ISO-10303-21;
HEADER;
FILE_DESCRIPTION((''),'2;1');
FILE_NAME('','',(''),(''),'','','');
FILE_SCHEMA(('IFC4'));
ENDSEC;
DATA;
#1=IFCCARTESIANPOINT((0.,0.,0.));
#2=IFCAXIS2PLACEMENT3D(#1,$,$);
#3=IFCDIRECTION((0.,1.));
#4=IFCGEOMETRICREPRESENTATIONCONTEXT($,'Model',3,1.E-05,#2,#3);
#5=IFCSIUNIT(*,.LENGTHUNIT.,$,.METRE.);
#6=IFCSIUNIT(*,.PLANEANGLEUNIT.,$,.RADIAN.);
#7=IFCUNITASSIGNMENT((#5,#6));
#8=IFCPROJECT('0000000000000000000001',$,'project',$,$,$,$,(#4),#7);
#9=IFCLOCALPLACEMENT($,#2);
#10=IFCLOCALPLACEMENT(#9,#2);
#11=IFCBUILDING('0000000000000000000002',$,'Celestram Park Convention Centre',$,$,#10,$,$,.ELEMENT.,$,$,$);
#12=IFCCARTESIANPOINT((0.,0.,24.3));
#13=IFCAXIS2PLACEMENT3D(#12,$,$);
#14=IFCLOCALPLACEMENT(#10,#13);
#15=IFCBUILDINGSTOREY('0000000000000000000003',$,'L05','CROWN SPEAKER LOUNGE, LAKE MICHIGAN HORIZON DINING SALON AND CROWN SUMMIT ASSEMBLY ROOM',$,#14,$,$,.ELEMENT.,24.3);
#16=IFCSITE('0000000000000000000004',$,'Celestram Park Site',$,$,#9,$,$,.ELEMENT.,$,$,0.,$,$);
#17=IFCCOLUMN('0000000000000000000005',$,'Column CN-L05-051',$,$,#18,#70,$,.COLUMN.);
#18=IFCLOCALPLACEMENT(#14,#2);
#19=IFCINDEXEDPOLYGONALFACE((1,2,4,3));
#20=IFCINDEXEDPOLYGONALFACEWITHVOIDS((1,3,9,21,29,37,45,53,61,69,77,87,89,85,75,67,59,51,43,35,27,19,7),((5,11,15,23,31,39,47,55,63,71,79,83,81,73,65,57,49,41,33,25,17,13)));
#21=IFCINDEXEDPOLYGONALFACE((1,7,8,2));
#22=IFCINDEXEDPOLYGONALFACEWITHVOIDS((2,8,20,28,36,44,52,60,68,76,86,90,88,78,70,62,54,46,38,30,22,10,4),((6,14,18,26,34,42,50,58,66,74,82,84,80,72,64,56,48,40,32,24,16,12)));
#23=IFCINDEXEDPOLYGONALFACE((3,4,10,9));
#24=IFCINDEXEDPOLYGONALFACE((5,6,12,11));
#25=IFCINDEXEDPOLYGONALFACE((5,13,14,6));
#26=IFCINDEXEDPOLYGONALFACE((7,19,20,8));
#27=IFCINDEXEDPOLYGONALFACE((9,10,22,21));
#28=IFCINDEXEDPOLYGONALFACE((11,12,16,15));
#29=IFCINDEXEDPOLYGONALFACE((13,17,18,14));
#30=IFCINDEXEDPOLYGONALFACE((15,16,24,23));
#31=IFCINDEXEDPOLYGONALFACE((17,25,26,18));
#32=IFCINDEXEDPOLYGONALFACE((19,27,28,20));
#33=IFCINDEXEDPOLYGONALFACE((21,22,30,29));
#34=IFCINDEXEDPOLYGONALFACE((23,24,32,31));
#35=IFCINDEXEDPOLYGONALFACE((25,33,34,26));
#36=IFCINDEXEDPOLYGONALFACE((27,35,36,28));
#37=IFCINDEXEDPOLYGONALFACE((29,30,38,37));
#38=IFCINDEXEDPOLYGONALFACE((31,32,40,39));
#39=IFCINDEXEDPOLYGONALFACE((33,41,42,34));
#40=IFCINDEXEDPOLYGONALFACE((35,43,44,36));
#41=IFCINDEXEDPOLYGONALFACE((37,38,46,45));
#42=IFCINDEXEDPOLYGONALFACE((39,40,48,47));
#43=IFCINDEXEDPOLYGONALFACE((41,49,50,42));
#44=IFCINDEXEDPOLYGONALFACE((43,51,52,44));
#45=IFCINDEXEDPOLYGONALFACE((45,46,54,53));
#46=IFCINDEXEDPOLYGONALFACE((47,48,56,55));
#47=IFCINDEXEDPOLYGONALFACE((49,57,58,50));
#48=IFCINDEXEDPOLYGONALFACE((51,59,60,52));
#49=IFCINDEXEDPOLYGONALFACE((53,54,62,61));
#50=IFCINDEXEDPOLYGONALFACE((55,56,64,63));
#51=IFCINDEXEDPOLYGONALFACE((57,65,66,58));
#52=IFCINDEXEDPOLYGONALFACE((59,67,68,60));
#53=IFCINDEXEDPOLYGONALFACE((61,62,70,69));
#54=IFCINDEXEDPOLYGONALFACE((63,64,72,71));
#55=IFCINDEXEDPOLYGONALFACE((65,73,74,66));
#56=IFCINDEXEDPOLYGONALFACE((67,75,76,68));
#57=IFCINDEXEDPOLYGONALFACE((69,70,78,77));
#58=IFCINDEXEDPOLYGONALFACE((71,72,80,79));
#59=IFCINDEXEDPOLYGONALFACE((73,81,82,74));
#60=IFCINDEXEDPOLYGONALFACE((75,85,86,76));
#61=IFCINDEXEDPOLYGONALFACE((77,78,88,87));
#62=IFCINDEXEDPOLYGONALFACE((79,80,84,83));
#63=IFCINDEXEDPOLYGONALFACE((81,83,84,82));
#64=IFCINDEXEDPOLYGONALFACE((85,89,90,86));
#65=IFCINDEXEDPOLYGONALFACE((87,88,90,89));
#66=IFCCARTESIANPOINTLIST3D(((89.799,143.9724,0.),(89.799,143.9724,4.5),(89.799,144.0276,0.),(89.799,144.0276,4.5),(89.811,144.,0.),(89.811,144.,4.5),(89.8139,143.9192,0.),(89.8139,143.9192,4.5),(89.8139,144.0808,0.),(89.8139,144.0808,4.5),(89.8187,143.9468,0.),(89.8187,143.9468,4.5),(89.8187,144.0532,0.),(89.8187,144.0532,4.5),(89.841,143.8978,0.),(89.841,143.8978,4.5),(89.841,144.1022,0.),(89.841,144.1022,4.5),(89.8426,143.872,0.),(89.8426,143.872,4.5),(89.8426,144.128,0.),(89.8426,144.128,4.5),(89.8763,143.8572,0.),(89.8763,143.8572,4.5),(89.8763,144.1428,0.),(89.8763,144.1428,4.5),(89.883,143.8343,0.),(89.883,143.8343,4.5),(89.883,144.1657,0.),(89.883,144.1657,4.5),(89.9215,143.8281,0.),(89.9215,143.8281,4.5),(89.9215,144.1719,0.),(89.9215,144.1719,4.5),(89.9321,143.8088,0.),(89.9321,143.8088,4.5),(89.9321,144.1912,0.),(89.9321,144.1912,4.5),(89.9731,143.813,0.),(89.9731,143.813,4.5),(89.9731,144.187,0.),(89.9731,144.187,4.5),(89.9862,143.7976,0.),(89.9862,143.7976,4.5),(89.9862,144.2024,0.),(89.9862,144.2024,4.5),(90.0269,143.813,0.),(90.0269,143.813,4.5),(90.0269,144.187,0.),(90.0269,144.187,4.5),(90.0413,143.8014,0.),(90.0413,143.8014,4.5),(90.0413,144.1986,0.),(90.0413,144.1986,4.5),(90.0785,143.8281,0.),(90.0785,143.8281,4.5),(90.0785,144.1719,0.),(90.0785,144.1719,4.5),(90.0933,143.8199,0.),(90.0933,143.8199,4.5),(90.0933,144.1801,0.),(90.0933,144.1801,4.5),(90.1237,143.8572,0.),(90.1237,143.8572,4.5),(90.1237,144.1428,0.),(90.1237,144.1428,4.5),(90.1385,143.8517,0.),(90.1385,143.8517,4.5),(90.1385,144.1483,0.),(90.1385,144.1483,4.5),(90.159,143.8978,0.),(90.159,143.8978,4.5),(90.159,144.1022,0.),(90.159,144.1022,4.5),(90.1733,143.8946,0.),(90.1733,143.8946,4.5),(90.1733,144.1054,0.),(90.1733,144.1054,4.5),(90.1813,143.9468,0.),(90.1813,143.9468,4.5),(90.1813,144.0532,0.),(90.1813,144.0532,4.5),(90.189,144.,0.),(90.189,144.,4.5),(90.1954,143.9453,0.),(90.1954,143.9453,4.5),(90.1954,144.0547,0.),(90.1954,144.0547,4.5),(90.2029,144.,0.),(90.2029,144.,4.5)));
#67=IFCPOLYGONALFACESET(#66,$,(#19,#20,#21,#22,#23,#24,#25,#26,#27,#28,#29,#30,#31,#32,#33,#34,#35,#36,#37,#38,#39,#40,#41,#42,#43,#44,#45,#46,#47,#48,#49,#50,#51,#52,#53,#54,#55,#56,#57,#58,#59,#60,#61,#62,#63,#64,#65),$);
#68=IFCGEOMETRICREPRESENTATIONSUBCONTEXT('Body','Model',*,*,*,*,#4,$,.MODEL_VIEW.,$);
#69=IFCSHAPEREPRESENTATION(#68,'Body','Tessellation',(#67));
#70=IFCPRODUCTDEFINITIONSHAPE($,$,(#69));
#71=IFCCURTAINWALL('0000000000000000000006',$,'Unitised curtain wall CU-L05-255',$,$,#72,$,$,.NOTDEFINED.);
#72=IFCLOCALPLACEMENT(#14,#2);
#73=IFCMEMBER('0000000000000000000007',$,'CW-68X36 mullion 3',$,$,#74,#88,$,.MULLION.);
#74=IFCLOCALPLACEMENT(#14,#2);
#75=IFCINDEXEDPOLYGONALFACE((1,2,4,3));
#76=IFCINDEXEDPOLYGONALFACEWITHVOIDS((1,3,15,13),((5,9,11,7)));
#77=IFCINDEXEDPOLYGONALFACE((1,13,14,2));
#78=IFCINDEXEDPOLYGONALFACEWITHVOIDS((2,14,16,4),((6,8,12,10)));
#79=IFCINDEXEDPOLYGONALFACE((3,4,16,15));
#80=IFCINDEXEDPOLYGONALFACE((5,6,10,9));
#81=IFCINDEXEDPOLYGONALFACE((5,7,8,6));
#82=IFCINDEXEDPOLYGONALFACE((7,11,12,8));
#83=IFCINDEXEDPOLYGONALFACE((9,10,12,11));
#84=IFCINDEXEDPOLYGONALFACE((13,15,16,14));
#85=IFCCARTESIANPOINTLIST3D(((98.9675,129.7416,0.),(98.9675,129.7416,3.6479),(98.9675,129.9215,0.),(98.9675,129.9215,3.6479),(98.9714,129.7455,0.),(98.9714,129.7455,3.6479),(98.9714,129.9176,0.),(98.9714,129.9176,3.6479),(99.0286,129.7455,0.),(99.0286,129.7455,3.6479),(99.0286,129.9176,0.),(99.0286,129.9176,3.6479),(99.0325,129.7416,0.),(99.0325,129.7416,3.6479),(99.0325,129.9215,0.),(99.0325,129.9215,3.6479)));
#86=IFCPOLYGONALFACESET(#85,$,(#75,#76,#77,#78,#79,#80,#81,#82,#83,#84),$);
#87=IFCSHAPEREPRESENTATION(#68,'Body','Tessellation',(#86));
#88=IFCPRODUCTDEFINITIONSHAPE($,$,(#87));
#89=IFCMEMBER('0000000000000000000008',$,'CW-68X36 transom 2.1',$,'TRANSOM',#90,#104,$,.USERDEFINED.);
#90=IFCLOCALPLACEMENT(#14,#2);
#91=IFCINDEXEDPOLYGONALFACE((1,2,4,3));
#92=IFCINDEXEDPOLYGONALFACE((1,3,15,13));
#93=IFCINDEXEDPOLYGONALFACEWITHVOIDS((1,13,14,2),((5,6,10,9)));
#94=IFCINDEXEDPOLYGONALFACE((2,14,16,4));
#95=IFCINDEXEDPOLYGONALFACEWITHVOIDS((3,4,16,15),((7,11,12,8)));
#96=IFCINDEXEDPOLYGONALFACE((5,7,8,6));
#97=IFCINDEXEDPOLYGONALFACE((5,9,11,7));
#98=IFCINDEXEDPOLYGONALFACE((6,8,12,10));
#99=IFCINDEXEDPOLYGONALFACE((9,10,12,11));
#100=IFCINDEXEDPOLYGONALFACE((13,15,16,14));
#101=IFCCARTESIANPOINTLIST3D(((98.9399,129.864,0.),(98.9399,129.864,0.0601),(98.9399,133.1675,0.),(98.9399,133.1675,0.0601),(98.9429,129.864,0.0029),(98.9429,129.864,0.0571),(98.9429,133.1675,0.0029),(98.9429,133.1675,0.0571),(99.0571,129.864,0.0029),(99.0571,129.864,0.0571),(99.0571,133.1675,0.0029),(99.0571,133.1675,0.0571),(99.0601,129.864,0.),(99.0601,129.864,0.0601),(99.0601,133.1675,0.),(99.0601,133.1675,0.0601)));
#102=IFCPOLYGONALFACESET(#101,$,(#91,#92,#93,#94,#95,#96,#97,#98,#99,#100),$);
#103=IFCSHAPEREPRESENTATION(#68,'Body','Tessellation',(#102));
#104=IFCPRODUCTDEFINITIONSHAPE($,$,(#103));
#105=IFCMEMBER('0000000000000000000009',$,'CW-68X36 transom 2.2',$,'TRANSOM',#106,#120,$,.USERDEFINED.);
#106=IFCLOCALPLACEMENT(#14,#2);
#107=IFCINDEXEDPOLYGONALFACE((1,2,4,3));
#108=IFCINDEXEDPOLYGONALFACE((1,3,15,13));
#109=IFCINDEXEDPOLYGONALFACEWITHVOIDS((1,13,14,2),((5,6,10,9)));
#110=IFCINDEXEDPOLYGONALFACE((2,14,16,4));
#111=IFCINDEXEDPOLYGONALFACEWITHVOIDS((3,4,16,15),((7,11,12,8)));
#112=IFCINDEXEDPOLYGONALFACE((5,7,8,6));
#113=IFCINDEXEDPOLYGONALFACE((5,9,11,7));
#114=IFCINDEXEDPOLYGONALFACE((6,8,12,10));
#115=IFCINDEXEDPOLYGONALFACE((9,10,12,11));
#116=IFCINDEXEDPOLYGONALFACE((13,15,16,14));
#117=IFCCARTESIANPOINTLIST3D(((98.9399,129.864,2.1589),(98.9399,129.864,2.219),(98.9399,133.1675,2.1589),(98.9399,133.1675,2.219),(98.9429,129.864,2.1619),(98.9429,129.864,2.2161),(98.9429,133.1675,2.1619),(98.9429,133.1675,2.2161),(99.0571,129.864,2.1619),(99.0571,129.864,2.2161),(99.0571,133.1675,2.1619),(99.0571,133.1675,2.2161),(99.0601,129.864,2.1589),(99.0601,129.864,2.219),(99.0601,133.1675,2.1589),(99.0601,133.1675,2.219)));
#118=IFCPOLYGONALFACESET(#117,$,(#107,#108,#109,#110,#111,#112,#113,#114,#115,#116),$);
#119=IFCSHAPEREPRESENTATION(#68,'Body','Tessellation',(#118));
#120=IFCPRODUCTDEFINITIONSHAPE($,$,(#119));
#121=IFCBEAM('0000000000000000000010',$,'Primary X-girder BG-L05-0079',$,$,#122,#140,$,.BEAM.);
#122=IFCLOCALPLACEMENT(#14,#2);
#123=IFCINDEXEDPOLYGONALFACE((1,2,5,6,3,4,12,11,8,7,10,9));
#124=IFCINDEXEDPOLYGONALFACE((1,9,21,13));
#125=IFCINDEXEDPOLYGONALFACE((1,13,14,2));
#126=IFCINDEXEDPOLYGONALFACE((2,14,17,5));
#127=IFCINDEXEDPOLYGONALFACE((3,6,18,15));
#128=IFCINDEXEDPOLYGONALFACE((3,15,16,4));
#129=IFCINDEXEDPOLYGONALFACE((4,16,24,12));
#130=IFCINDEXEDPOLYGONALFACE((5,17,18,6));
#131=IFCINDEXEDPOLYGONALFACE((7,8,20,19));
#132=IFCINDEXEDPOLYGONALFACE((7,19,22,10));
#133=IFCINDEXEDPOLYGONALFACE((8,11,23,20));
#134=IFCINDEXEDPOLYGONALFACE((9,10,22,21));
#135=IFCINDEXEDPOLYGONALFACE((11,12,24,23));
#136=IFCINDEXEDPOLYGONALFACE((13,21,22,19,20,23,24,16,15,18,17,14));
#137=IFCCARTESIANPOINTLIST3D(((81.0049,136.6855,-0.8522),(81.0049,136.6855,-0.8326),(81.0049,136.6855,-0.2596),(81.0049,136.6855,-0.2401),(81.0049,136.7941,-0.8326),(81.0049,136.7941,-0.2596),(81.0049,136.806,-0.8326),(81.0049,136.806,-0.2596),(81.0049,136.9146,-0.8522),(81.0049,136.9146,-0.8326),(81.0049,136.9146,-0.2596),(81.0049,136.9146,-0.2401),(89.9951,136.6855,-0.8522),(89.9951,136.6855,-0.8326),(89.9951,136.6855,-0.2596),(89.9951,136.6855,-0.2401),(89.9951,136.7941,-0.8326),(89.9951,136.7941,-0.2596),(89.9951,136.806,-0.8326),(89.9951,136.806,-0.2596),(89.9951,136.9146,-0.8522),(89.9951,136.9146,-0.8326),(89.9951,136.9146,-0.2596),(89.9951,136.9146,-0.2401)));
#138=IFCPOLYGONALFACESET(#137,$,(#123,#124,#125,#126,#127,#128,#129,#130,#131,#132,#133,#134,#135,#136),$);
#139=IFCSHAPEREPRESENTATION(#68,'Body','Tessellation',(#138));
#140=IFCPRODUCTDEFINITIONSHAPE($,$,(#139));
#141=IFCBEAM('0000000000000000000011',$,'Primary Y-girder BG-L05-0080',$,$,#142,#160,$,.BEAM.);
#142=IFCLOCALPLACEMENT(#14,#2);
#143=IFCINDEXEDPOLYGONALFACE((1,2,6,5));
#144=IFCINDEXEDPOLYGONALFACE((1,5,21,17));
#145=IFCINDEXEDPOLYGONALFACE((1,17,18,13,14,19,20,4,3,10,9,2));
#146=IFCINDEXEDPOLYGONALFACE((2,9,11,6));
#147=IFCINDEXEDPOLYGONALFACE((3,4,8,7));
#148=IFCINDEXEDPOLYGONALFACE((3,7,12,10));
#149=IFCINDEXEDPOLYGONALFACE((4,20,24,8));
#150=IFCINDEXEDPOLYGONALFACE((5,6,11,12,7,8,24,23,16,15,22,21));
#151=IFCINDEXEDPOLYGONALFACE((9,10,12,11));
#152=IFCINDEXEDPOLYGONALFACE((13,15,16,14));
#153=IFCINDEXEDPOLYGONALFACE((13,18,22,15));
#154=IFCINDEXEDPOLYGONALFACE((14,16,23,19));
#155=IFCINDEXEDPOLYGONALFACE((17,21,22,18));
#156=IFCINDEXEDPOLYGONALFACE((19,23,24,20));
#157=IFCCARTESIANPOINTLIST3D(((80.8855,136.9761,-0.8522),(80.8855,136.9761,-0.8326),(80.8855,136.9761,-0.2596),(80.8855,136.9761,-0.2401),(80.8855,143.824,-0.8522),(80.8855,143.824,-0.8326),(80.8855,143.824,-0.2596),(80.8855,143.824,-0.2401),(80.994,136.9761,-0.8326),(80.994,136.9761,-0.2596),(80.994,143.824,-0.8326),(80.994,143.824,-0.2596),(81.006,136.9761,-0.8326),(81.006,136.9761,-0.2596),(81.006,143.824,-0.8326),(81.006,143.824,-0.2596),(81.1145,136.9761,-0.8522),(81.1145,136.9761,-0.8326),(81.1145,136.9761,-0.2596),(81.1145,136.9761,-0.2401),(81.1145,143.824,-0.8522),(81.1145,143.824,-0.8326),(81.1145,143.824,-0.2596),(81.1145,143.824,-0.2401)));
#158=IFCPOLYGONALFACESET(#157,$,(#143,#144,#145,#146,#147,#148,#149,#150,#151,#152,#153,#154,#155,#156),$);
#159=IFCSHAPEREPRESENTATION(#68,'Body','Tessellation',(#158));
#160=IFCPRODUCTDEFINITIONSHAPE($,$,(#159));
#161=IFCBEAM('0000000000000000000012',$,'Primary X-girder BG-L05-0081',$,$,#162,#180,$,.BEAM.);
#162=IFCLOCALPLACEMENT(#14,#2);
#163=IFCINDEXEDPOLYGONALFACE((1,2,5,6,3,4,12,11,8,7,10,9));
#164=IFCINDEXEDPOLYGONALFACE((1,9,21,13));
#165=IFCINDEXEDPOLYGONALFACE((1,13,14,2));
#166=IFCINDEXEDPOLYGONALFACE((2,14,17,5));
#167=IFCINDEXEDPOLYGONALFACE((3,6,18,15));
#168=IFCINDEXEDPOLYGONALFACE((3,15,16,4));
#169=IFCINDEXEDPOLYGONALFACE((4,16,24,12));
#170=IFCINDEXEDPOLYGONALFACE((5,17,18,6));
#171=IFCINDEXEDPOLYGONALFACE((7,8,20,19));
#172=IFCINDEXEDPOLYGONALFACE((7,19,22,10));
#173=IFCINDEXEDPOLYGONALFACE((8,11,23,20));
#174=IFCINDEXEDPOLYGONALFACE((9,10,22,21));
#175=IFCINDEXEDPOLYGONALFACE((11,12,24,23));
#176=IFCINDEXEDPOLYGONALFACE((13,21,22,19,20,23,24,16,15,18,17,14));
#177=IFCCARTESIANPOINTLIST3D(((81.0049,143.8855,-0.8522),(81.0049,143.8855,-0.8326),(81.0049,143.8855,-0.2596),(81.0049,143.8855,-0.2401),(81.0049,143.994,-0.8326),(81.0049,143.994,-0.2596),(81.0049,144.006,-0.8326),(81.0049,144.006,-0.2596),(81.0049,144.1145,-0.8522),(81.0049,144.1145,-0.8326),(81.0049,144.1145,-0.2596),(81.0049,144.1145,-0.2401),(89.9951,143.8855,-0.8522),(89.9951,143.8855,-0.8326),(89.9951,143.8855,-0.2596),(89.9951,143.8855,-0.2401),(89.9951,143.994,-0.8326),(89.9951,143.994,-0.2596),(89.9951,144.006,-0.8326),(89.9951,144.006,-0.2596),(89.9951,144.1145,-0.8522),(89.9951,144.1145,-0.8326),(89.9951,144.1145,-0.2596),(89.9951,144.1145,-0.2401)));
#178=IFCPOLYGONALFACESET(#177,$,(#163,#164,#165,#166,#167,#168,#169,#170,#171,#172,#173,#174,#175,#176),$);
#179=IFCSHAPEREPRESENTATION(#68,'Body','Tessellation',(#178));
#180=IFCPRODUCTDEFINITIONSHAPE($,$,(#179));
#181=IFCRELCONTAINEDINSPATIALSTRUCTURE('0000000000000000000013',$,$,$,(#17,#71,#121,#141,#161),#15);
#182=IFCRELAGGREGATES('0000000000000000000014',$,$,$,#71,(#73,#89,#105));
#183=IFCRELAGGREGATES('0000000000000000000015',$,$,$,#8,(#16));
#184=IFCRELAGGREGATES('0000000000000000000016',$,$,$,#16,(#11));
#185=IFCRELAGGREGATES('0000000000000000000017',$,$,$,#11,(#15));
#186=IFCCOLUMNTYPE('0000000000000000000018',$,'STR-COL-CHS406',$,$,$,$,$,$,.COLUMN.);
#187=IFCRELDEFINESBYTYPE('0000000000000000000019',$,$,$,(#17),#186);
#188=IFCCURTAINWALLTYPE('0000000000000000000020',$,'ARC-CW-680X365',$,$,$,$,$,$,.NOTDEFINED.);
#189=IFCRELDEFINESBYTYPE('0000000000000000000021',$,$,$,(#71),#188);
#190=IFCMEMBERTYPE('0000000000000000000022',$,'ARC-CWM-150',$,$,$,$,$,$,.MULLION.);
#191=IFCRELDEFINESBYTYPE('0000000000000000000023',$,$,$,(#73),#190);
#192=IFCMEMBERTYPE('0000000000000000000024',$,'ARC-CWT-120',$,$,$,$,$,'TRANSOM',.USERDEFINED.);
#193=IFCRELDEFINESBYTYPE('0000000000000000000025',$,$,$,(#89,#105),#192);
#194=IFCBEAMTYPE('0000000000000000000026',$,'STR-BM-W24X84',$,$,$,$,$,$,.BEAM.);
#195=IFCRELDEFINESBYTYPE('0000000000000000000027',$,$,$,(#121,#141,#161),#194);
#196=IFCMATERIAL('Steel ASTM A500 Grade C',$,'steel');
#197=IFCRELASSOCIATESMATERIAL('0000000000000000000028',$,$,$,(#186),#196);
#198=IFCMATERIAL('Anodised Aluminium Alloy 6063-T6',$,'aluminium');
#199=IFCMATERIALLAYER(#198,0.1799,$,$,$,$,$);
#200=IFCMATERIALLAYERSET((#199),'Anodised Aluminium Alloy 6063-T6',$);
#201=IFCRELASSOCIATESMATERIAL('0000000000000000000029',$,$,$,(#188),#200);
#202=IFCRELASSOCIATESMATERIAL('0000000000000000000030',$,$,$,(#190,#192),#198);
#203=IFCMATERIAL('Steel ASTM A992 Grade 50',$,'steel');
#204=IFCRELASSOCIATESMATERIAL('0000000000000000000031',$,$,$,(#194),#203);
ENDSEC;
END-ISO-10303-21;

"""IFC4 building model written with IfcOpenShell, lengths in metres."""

from ifc_helpers import new_model, si_unit, direction, frame, origin, origin_2d, place, context, subcontext, project, spatial, hollow_rectangle, hollow_circle, i_section, extrude, material, layer, layer_set, material_profile, profile_set, type_object, element, aggregate, save


model = new_model("IFC4")

# Units and contexts
model_context = context("Model", 3, precision=1e-05, world=origin(), true_north=direction((0.0, 1.0)))
body_context = subcontext(model_context, "Body", "Model", "MODEL_VIEW")
ifc_project = project(units=[si_unit("LENGTHUNIT", "METRE"), si_unit("PLANEANGLEUNIT", "RADIAN")], contexts=[model_context])

# Site, building, storey
site_placement = place(None, origin())
site = spatial("IfcSite", under=ifc_project, at=site_placement, Name="Celestram Park Site", CompositionType="ELEMENT", RefElevation=0.0)
building_placement = place(site_placement, origin())
building = spatial("IfcBuilding", under=site, at=building_placement, Name="Celestram Park Convention Centre", CompositionType="ELEMENT")
storey_placement = place(building_placement, frame((0.0, 0.0, 24.3)))
storey = spatial("IfcBuildingStorey", under=building, at=storey_placement, Name="L05", Description="CROWN SPEAKER LOUNGE, LAKE MICHIGAN HORIZON DINING SALON AND CROWN SUMMIT ASSEMBLY ROOM", CompositionType="ELEMENT", Elevation=24.3)

# Column
ifc_material_1 = material(Name="Steel ASTM A500 Grade C", Category="steel")
ifc_material_profile_1 = material_profile(ifc_material_1, hollow_circle(Radius=0.2029, WallThickness=0.0139, at=origin_2d()), Name="CHS406X14")
ifc_profile_set_1 = profile_set([ifc_material_profile_1], Name="Steel ASTM A500 Grade C")
column_type = type_object("IfcColumnType", Name="STR-COL-CHS406", PredefinedType="COLUMN", material=ifc_profile_set_1)
for number, where, z_axis, x_axis, name in (
    (1, (90.0, 144.0, 0.0), (0.0, 0.0, 1.0), (1.0, 0.0, 0.0), "Column CN-L05-051"),
):
    element("IfcColumn", number, at=place(storey_placement, frame(where, z_axis=z_axis, x_axis=x_axis)), inside=storey, type_object=column_type, Name=name, PredefinedType="COLUMN", context=body_context, shape_type="SweptSolid", body=[
        extrude(hollow_circle(Radius=0.2029, WallThickness=0.0139, at=origin_2d()), origin(), (0.0, 0.0, 1.0), 4.5),
    ])

# Curtain wall, members
ifc_material_2 = material(Name="Anodised Aluminium Alloy 6063-T6", Category="aluminium")
ifc_layer_1 = layer(ifc_material_2, 0.1799)
ifc_layer_set_1 = layer_set([ifc_layer_1], Name="Anodised Aluminium Alloy 6063-T6")
curtain_wall_type = type_object("IfcCurtainWallType", Name="ARC-CW-680X365", PredefinedType="NOTDEFINED", material=ifc_layer_set_1)
curtain_wall_placement = place(storey_placement, origin())
curtain_wall = element("IfcCurtainWall", 2, at=curtain_wall_placement, inside=storey, type_object=curtain_wall_type, Name="Unitised curtain wall CU-L05-255", PredefinedType="NOTDEFINED")
ifc_material_profile_2 = material_profile(ifc_material_2, hollow_rectangle(XDim=0.0649, YDim=0.1799, WallThickness=0.0039, at=origin_2d()), Name="ALU65X180X4")
ifc_profile_set_2 = profile_set([ifc_material_profile_2], Name="Anodised Aluminium Alloy 6063-T6")
member_type_1 = type_object("IfcMemberType", Name="ARC-CWM-150", PredefinedType="MULLION", material=ifc_profile_set_2)
member_1_placement = place(storey_placement, frame((99.0, 129.8315, 0.0), z_axis=(0.0, 0.0, 1.0), x_axis=(1.0, 0.0, 0.0)))
member_1 = element("IfcMember", 3, at=member_1_placement, type_object=member_type_1, Name="CW-68X36 mullion 3", PredefinedType="MULLION", context=body_context, shape_type="SweptSolid", body=[
    extrude(hollow_rectangle(XDim=0.0649, YDim=0.1799, WallThickness=0.0039, at=origin_2d()), origin(), (0.0, 0.0, 1.0), 3.6479),
])
ifc_material_profile_3 = material_profile(ifc_material_2, hollow_rectangle(XDim=0.1201, YDim=0.0601, WallThickness=0.0029, at=origin_2d()), Name="ALU120X60X3")
ifc_profile_set_3 = profile_set([ifc_material_profile_3], Name="Anodised Aluminium Alloy 6063-T6")
member_type_2 = type_object("IfcMemberType", Name="ARC-CWT-120", ElementType="TRANSOM", PredefinedType="USERDEFINED", material=ifc_profile_set_3)
member_2_placement = place(storey_placement, frame((99.0, 133.1675, 0.03), z_axis=(0.0, -1.0, 0.0), x_axis=(1.0, 0.0, 0.0)))
member_2 = element("IfcMember", 4, at=member_2_placement, type_object=member_type_2, Name="CW-68X36 transom 2.1", ObjectType="TRANSOM", PredefinedType="USERDEFINED", context=body_context, shape_type="SweptSolid", body=[
    extrude(hollow_rectangle(XDim=0.1201, YDim=0.0601, WallThickness=0.0029, at=origin_2d()), origin(), (0.0, 0.0, 1.0), 3.3035),
])
member_3_placement = place(storey_placement, frame((99.0, 133.1675, 2.189), z_axis=(0.0, -1.0, 0.0), x_axis=(1.0, 0.0, 0.0)))
member_3 = element("IfcMember", 5, at=member_3_placement, type_object=member_type_2, Name="CW-68X36 transom 2.2", ObjectType="TRANSOM", PredefinedType="USERDEFINED", context=body_context, shape_type="SweptSolid", body=[
    extrude(hollow_rectangle(XDim=0.1201, YDim=0.0601, WallThickness=0.0029, at=origin_2d()), origin(), (0.0, 0.0, 1.0), 3.3035),
])

# Beams
ifc_material_3 = material(Name="Steel ASTM A992 Grade 50", Category="steel")
ifc_material_profile_4 = material_profile(ifc_material_3, i_section(OverallWidth=0.229, OverallDepth=0.6121, WebThickness=0.012, FlangeThickness=0.0195, at=origin_2d()), Name="W24X84")
ifc_profile_set_4 = profile_set([ifc_material_profile_4], Name="Steel ASTM A992 Grade 50")
beam_type = type_object("IfcBeamType", Name="STR-BM-W24X84", PredefinedType="BEAM", material=ifc_profile_set_4)
beam_1_placement = place(storey_placement, frame((81.0049, 136.8, -0.5461), z_axis=(1.0, 0.0, 0.0), x_axis=(0.0, 1.0, 0.0)))
element("IfcBeam", 6, at=beam_1_placement, inside=storey, type_object=beam_type, Name="Primary X-girder BG-L05-0079", PredefinedType="BEAM", context=body_context, shape_type="SweptSolid", body=[
    extrude(i_section(OverallWidth=0.229, OverallDepth=0.6121, WebThickness=0.012, FlangeThickness=0.0195, at=origin_2d()), origin(), (0.0, 0.0, 1.0), 8.9902),
])
beam_2_placement = place(storey_placement, frame((81.0, 136.9761, -0.5461), z_axis=(0.0, 1.0, 0.0), x_axis=(-1.0, 0.0, 0.0)))
element("IfcBeam", 7, at=beam_2_placement, inside=storey, type_object=beam_type, Name="Primary Y-girder BG-L05-0080", PredefinedType="BEAM", context=body_context, shape_type="SweptSolid", body=[
    extrude(i_section(OverallWidth=0.229, OverallDepth=0.6121, WebThickness=0.012, FlangeThickness=0.0195, at=origin_2d()), origin(), (0.0, 0.0, 1.0), 6.8479),
])
beam_3_placement = place(storey_placement, frame((81.0049, 144.0, -0.5461), z_axis=(1.0, 0.0, 0.0), x_axis=(0.0, 1.0, 0.0)))
element("IfcBeam", 8, at=beam_3_placement, inside=storey, type_object=beam_type, Name="Primary X-girder BG-L05-0081", PredefinedType="BEAM", context=body_context, shape_type="SweptSolid", body=[
    extrude(i_section(OverallWidth=0.229, OverallDepth=0.6121, WebThickness=0.012, FlangeThickness=0.0195, at=origin_2d()), origin(), (0.0, 0.0, 1.0), 8.9902),
])

aggregate(curtain_wall, [member_1, member_2, member_3])

save(model, "model.ifc")
